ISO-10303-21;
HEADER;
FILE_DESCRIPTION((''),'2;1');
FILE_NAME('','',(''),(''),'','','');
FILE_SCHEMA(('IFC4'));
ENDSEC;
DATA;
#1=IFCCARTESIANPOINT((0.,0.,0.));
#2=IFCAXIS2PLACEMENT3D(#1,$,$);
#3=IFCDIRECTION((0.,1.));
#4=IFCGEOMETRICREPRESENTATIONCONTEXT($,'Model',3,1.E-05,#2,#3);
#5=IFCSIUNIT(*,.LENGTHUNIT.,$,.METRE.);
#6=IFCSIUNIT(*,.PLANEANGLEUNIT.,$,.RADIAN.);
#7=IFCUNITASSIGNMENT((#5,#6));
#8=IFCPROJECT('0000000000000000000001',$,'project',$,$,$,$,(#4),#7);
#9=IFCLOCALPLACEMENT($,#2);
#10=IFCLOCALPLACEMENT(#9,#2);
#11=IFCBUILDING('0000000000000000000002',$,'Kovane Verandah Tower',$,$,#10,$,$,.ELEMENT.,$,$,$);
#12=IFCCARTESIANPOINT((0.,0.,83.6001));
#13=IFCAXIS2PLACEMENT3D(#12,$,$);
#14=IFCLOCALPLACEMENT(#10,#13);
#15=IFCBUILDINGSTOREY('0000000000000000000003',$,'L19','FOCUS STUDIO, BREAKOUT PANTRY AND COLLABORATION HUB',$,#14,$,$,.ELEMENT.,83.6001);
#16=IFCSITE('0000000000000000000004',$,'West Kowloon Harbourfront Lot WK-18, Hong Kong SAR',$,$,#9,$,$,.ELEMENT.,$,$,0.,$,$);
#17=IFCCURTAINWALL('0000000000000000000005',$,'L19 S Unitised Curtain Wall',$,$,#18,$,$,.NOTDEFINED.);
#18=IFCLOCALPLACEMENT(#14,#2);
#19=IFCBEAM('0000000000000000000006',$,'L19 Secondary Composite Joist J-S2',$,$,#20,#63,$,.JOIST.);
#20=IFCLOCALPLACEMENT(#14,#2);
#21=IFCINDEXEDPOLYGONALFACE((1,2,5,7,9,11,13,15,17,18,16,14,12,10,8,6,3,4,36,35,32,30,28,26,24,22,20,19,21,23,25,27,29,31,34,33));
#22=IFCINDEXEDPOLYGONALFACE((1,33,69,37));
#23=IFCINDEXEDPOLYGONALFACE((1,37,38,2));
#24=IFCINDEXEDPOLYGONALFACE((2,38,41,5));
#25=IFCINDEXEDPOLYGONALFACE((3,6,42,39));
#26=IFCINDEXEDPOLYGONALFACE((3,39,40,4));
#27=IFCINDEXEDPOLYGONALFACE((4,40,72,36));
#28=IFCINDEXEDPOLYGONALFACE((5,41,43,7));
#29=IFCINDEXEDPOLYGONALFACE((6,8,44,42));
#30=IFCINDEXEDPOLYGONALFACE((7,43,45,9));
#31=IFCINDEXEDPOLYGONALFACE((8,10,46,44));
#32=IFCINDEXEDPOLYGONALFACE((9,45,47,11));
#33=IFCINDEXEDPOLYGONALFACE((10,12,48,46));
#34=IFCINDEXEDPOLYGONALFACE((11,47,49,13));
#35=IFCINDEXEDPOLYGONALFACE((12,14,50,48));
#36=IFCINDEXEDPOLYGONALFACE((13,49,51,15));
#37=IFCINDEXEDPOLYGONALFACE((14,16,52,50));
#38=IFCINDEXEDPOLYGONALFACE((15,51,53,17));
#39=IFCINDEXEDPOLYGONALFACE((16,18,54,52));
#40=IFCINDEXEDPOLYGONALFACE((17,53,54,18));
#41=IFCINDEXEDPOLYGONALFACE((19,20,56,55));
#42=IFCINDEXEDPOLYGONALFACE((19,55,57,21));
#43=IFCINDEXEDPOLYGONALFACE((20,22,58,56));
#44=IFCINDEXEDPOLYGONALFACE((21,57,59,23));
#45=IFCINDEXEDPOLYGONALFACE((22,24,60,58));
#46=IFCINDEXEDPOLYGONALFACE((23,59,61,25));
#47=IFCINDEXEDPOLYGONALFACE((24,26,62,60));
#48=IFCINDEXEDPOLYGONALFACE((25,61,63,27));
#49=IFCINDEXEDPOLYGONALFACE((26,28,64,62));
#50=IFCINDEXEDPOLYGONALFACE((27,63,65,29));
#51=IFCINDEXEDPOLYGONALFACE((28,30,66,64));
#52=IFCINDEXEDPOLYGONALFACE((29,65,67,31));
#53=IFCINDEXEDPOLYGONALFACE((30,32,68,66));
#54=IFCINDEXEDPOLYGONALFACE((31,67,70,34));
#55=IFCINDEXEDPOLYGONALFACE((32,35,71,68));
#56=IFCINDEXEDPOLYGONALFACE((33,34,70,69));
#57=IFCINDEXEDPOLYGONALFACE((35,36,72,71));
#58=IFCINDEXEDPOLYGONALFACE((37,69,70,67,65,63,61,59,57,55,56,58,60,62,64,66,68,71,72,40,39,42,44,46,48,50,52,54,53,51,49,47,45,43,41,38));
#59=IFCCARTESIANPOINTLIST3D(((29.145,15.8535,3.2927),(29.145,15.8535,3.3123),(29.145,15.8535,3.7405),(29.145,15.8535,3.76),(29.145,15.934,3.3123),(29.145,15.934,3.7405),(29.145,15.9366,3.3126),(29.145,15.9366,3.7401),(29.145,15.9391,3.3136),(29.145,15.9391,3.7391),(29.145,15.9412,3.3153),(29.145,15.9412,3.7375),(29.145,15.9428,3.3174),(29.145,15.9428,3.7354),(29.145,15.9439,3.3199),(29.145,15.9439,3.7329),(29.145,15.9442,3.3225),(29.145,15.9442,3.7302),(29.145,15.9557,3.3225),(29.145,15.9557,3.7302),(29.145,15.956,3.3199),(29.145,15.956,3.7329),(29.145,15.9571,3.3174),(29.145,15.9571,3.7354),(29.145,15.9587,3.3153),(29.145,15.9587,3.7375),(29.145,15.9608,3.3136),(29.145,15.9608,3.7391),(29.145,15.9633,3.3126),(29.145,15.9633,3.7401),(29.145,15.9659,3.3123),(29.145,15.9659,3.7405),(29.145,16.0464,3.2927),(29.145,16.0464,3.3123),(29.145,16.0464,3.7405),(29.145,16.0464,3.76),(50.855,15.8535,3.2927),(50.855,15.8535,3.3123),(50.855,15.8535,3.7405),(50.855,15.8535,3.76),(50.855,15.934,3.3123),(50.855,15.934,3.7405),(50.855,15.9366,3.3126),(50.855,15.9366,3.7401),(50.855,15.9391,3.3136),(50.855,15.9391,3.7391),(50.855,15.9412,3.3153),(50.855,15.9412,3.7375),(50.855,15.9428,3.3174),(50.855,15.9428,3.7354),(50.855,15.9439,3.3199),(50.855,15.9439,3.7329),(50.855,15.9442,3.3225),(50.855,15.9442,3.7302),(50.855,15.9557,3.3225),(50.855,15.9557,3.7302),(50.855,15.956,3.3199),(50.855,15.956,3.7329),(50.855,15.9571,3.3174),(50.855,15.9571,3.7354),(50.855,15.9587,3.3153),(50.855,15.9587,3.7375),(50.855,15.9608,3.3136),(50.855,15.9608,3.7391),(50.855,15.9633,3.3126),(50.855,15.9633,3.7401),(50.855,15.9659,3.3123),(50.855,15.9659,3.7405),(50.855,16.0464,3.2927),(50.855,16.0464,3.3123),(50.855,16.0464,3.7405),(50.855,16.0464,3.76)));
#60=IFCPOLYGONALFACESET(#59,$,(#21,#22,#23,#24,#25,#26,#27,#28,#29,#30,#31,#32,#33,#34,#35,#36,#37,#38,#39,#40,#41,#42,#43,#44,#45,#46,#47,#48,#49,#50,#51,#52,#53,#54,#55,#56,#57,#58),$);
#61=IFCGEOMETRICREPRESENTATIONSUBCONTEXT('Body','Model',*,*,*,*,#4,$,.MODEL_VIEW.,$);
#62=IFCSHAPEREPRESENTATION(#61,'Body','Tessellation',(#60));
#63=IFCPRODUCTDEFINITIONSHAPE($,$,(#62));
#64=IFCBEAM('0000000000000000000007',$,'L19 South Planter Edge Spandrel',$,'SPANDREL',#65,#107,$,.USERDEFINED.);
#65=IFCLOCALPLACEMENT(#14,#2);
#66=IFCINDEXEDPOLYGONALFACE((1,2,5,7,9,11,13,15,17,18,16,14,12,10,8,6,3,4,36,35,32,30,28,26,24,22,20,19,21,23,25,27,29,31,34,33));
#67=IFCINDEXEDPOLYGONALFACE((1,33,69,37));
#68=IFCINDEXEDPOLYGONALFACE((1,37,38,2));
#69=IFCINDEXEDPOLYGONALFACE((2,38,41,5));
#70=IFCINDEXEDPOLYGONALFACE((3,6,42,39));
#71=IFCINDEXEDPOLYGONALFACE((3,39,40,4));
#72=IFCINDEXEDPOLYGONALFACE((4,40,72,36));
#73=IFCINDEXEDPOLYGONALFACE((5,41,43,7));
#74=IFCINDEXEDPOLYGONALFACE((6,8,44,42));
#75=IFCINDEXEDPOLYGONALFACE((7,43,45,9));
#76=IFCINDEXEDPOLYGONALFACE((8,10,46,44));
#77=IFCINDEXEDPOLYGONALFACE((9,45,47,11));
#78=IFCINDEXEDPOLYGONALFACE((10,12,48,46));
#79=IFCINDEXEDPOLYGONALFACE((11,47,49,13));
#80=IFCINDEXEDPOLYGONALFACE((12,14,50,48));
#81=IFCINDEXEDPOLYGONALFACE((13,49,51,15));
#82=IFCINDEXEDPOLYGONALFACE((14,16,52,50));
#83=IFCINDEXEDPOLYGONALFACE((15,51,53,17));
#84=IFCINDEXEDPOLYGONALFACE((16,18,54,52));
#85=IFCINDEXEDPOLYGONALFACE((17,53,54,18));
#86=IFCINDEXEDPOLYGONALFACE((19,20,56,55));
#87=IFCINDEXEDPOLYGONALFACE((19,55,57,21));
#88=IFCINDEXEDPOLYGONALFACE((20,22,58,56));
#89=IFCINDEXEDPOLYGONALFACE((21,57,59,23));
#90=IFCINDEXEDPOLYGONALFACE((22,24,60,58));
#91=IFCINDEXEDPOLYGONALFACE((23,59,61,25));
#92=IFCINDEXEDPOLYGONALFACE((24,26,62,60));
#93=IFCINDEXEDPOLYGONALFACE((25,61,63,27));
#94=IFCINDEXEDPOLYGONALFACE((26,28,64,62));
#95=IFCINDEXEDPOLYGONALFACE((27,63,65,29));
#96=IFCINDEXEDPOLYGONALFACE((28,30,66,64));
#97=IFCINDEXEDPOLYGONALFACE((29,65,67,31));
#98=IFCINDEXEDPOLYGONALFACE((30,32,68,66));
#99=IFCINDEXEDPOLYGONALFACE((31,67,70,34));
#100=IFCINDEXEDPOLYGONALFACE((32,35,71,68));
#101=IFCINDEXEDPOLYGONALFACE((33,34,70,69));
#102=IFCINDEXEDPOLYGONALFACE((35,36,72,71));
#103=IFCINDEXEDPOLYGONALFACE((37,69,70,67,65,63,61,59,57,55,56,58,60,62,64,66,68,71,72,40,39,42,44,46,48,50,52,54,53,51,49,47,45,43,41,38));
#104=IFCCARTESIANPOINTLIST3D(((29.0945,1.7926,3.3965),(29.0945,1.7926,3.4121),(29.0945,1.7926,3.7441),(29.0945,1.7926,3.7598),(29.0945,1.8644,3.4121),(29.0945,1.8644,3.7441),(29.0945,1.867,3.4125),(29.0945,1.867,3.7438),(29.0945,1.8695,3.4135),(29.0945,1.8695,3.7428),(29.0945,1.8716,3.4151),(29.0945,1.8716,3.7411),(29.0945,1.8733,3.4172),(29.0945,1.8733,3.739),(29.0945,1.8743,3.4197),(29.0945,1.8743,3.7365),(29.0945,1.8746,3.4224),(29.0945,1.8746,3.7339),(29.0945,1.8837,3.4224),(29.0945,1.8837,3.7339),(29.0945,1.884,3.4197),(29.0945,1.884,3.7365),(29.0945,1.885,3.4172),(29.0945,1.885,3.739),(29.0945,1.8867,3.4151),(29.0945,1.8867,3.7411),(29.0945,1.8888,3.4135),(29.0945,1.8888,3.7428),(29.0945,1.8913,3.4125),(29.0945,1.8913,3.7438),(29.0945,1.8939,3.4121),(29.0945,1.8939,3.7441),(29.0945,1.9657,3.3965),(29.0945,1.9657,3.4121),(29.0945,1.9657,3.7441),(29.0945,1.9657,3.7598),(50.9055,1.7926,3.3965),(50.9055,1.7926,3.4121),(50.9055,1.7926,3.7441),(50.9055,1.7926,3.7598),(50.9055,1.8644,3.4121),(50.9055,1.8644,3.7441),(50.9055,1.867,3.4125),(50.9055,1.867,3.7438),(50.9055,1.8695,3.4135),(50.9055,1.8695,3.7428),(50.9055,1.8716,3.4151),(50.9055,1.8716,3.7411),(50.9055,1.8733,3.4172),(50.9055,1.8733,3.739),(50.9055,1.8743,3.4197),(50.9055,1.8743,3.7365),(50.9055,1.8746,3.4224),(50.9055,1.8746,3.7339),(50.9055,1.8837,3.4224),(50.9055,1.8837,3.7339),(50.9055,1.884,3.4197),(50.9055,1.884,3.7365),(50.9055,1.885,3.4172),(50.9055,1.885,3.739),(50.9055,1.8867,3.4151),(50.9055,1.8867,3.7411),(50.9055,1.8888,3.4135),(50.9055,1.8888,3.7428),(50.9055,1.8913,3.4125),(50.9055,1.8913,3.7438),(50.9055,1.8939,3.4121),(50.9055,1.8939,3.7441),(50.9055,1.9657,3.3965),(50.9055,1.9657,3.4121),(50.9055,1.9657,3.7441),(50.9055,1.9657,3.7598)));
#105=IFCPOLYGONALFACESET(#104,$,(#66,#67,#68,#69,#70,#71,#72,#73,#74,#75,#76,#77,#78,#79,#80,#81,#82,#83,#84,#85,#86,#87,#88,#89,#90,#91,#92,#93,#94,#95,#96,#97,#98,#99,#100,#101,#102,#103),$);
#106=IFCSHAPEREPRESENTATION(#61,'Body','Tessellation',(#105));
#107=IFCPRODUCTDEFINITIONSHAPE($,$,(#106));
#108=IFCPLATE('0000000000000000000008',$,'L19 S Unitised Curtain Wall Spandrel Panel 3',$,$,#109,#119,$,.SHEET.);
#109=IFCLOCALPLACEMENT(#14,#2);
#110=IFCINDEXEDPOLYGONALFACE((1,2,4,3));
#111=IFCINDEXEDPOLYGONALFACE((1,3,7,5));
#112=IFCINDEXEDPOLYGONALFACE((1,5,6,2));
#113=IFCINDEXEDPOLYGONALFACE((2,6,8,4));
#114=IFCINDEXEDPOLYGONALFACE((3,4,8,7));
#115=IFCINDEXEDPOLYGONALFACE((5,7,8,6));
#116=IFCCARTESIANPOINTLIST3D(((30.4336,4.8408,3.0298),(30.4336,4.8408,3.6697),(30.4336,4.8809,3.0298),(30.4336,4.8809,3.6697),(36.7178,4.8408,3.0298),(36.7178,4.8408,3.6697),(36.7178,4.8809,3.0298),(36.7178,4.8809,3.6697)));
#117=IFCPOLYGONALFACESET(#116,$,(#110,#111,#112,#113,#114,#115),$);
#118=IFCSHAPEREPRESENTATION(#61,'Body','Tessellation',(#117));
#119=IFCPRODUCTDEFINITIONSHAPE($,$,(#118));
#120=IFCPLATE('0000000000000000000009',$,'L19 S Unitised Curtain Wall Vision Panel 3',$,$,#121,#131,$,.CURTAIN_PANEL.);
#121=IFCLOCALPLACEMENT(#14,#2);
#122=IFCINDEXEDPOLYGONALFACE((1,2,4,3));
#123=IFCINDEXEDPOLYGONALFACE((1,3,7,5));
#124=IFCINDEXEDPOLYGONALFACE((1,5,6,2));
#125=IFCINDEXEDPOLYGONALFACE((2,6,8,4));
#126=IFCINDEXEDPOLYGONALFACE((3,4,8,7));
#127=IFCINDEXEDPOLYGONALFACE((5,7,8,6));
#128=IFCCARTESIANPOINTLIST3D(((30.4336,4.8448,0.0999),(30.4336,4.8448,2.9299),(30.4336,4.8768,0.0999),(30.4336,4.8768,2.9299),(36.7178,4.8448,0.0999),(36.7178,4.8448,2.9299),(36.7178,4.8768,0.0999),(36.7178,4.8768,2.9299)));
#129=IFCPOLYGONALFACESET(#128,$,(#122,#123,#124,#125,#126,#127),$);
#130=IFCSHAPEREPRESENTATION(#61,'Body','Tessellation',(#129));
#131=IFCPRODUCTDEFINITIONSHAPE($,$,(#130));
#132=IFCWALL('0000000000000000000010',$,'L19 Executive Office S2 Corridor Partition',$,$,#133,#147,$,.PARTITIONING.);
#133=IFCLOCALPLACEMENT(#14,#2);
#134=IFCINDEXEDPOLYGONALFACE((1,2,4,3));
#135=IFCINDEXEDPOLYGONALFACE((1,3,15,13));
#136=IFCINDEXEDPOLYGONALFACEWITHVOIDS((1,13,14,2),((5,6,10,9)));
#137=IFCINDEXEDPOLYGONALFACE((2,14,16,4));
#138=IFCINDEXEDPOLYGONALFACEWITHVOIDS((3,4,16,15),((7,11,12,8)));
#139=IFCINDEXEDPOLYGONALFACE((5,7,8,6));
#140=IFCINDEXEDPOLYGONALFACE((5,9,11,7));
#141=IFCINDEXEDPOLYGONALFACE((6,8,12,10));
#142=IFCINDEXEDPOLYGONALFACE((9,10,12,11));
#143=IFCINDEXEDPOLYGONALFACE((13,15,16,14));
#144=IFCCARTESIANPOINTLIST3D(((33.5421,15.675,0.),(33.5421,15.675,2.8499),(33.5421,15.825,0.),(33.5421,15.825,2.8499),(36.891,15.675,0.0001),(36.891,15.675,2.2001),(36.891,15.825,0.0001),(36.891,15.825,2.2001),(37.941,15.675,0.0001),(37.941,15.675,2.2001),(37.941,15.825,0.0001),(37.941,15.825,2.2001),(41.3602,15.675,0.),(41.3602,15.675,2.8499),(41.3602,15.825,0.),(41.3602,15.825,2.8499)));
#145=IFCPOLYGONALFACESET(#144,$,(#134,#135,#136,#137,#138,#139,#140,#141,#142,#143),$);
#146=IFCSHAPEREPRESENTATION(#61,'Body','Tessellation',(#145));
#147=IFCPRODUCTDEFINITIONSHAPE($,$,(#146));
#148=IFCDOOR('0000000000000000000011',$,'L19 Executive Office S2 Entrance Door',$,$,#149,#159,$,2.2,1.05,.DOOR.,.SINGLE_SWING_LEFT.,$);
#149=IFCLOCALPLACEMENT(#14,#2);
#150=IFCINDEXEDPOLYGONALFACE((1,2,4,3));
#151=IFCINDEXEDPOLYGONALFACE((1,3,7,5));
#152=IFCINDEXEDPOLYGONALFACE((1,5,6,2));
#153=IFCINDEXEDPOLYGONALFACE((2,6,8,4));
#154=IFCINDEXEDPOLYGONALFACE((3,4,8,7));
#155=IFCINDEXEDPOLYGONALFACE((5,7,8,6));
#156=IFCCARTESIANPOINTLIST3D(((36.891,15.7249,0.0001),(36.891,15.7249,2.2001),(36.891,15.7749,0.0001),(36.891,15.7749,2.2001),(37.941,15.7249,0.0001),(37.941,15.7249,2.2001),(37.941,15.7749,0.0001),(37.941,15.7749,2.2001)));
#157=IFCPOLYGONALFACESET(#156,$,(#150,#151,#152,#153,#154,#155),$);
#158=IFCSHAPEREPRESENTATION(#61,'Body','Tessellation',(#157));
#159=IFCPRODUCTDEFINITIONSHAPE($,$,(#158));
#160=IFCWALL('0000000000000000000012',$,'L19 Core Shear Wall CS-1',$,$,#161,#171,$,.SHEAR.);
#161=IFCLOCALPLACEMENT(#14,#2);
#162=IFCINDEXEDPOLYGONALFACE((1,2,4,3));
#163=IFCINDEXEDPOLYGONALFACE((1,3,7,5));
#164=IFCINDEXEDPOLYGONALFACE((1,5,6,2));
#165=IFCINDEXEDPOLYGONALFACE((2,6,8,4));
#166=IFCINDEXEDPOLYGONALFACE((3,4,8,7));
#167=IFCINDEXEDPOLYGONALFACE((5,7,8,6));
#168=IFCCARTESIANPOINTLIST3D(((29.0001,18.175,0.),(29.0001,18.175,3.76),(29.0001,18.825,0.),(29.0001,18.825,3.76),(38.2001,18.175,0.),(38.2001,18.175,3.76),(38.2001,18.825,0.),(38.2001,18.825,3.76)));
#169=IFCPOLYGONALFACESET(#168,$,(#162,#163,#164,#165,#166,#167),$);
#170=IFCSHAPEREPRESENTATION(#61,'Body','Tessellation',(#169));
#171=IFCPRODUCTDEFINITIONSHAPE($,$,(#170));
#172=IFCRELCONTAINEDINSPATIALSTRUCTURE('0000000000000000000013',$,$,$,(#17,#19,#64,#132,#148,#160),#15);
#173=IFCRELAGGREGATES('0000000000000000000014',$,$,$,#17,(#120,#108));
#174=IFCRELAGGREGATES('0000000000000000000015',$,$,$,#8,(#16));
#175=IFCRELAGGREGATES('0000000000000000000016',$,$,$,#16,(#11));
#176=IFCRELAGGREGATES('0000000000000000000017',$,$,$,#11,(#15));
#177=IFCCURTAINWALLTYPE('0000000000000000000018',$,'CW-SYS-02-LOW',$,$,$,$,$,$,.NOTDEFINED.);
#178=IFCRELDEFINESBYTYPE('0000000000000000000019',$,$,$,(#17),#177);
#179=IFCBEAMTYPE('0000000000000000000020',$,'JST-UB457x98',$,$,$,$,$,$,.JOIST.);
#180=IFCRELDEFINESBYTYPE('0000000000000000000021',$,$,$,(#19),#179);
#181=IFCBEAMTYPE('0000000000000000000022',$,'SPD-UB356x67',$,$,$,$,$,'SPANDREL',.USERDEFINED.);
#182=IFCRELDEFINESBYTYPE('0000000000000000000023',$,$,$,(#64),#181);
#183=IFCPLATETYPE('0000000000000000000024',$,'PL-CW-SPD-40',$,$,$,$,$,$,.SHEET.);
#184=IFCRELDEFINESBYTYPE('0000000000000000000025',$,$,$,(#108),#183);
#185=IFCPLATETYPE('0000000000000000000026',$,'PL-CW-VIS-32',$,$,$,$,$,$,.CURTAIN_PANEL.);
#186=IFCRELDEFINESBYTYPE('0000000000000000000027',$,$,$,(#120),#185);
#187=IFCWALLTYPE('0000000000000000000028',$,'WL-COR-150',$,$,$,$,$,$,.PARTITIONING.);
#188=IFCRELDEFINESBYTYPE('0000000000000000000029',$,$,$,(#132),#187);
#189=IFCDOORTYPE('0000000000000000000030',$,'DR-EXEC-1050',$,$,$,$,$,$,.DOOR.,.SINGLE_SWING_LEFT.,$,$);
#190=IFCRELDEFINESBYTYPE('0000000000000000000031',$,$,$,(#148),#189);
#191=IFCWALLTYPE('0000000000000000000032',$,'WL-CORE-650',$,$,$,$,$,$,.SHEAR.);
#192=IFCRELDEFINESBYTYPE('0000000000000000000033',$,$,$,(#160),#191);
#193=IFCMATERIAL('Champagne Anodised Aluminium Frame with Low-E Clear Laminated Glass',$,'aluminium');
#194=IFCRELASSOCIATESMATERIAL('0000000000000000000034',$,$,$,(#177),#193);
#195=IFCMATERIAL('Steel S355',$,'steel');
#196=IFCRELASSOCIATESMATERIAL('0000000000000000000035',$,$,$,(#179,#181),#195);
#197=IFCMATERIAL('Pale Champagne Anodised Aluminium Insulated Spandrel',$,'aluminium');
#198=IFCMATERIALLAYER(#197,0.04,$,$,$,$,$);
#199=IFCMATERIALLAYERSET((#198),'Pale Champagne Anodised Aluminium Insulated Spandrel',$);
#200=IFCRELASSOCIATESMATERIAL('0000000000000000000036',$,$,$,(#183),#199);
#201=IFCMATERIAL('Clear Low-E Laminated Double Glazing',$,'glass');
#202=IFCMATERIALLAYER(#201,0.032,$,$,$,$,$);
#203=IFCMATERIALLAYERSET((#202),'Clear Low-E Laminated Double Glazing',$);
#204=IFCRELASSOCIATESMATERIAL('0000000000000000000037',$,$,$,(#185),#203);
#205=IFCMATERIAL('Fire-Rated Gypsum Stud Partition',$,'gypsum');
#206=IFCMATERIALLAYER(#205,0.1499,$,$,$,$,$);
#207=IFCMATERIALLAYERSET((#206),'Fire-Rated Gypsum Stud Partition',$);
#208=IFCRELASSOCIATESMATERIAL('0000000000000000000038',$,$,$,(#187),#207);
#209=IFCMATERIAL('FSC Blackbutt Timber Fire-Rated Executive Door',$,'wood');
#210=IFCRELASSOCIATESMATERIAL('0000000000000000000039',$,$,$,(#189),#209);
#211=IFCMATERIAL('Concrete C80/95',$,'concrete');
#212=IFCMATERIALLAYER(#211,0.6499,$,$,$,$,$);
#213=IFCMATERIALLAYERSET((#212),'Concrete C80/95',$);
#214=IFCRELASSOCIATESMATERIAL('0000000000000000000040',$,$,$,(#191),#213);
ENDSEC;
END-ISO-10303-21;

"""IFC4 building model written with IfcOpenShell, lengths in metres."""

from ifc_helpers import new_model, si_unit, direction, frame, frame_2d, origin, origin_2d, place, context, subcontext, project, spatial, rectangle, i_section, extrude, material, layer, layer_set, material_profile, profile_set, type_object, element, fill, aggregate, save


model = new_model("IFC4")

# Units and contexts
model_context = context("Model", 3, precision=1e-05, world=origin(), true_north=direction((0.0, 1.0)))
body_context = subcontext(model_context, "Body", "Model", "MODEL_VIEW")
ifc_project = project(units=[si_unit("LENGTHUNIT", "METRE"), si_unit("PLANEANGLEUNIT", "RADIAN")], contexts=[model_context])

# Site, building, storey
site_placement = place(None, origin())
site = spatial("IfcSite", under=ifc_project, at=site_placement, Name="West Kowloon Harbourfront Lot WK-18, Hong Kong SAR", CompositionType="ELEMENT", RefElevation=0.0)
building_placement = place(site_placement, origin())
building = spatial("IfcBuilding", under=site, at=building_placement, Name="Kovane Verandah Tower", CompositionType="ELEMENT")
storey_placement = place(building_placement, frame((0.0, 0.0, 83.6001)))
storey = spatial("IfcBuildingStorey", under=building, at=storey_placement, Name="L19", Description="FOCUS STUDIO, BREAKOUT PANTRY AND COLLABORATION HUB", CompositionType="ELEMENT", Elevation=83.6001)

# Shared definitions
ifc_material_1 = material(Name="Concrete C80/95", Category="concrete")

# Shared definitions
ifc_material_2 = material(Name="Steel S355", Category="steel")

# Curtain wall
ifc_material_3 = material(Name="Champagne Anodised Aluminium Frame with Low-E Clear Laminated Glass", Category="aluminium")
curtain_wall_type = type_object("IfcCurtainWallType", Name="CW-SYS-02-LOW", PredefinedType="NOTDEFINED", material=ifc_material_3)
curtain_wall_placement = place(storey_placement, origin())
curtain_wall = element("IfcCurtainWall", 1, at=curtain_wall_placement, inside=storey, type_object=curtain_wall_type, Name="L19 S Unitised Curtain Wall", PredefinedType="NOTDEFINED")

# Beams
ifc_material_profile_1 = material_profile(ifc_material_2, i_section(OverallWidth=0.1929, OverallDepth=0.4673, WebThickness=0.0115, FlangeThickness=0.0195, FilletRadius=0.0103, at=origin_2d()), Name="UB457x191x98")
ifc_profile_set_1 = profile_set([ifc_material_profile_1], Name="Steel S355")
beam_type_1 = type_object("IfcBeamType", Name="JST-UB457x98", PredefinedType="JOIST", material=ifc_profile_set_1)
for number, where, z_axis, x_axis, name in (
    (2, (29.145, 15.95, 3.5264), (1.0, 0.0, 0.0), (0.0, 1.0, 0.0), "L19 Secondary Composite Joist J-S2"),
):
    element("IfcBeam", number, at=place(storey_placement, frame(where, z_axis=z_axis, x_axis=x_axis)), inside=storey, type_object=beam_type_1, Name=name, PredefinedType="JOIST", context=body_context, shape_type="SweptSolid", body=[
        extrude(i_section(OverallWidth=0.1929, OverallDepth=0.4673, WebThickness=0.0115, FlangeThickness=0.0195, FilletRadius=0.0103, at=origin_2d()), origin(), (0.0, 0.0, 1.0), 21.71),
    ])
ifc_material_profile_2 = material_profile(ifc_material_2, i_section(OverallWidth=0.1731, OverallDepth=0.3633, WebThickness=0.009, FlangeThickness=0.0156, FilletRadius=0.0103, at=origin_2d()), Name="UB356x171x67")
ifc_profile_set_2 = profile_set([ifc_material_profile_2], Name="Steel S355")
beam_type_2 = type_object("IfcBeamType", Name="SPD-UB356x67", ElementType="SPANDREL", PredefinedType="USERDEFINED", material=ifc_profile_set_2)
beam_1_placement = place(storey_placement, frame((29.0945, 1.8792, 3.5781), z_axis=(1.0, 0.0, 0.0), x_axis=(0.0, 1.0, 0.0)))
element("IfcBeam", 3, at=beam_1_placement, inside=storey, type_object=beam_type_2, Name="L19 South Planter Edge Spandrel", ObjectType="SPANDREL", PredefinedType="USERDEFINED", context=body_context, shape_type="SweptSolid", body=[
    extrude(i_section(OverallWidth=0.1731, OverallDepth=0.3633, WebThickness=0.009, FlangeThickness=0.0156, FilletRadius=0.0103, at=origin_2d()), origin(), (0.0, 0.0, 1.0), 21.811),
])

# Plates
ifc_material_4 = material(Name="Pale Champagne Anodised Aluminium Insulated Spandrel", Category="aluminium")
ifc_layer_1 = layer(ifc_material_4, 0.04)
ifc_layer_set_1 = layer_set([ifc_layer_1], Name="Pale Champagne Anodised Aluminium Insulated Spandrel")
plate_type_1 = type_object("IfcPlateType", Name="PL-CW-SPD-40", PredefinedType="SHEET", material=ifc_layer_set_1)
plate_1_placement = place(storey_placement, frame((33.5757, 4.8608, 3.0298), z_axis=(0.0, 0.0, 1.0), x_axis=(1.0, 0.0, 0.0)))
plate_1 = element("IfcPlate", 4, at=plate_1_placement, type_object=plate_type_1, Name="L19 S Unitised Curtain Wall Spandrel Panel 3", PredefinedType="SHEET", context=body_context, shape_type="SweptSolid", body=[
    extrude(rectangle(XDim=6.2842, YDim=0.04, at=origin_2d()), origin(), (0.0, 0.0, 1.0), 0.6399),
])
ifc_material_5 = material(Name="Clear Low-E Laminated Double Glazing", Category="glass")
ifc_layer_2 = layer(ifc_material_5, 0.032)
ifc_layer_set_2 = layer_set([ifc_layer_2], Name="Clear Low-E Laminated Double Glazing")
plate_type_2 = type_object("IfcPlateType", Name="PL-CW-VIS-32", PredefinedType="CURTAIN_PANEL", material=ifc_layer_set_2)
plate_2_placement = place(storey_placement, frame((33.5757, 4.8608, 0.0999), z_axis=(0.0, 0.0, 1.0), x_axis=(1.0, 0.0, 0.0)))
plate_2 = element("IfcPlate", 5, at=plate_2_placement, type_object=plate_type_2, Name="L19 S Unitised Curtain Wall Vision Panel 3", PredefinedType="CURTAIN_PANEL", context=body_context, shape_type="SweptSolid", body=[
    extrude(rectangle(XDim=6.2842, YDim=0.032, at=origin_2d()), origin(), (0.0, 0.0, 1.0), 2.8301),
])
aggregate(curtain_wall, [plate_2, plate_1])

# Wall, opening, door
ifc_material_6 = material(Name="Fire-Rated Gypsum Stud Partition", Category="gypsum")
ifc_layer_3 = layer(ifc_material_6, 0.1499)
ifc_layer_set_3 = layer_set([ifc_layer_3], Name="Fire-Rated Gypsum Stud Partition")
wall_type_1 = type_object("IfcWallType", Name="WL-COR-150", PredefinedType="PARTITIONING", material=ifc_layer_set_3)
wall_1_placement = place(storey_placement, frame((33.542, 15.75, 0.0), z_axis=(0.0, 0.0, 1.0), x_axis=(1.0, 0.0, 0.0)))
wall_1 = element("IfcWall", 6, at=wall_1_placement, inside=storey, type_object=wall_type_1, Name="L19 Executive Office S2 Corridor Partition", PredefinedType="PARTITIONING", context=body_context, shape_type="SweptSolid", body=[
    extrude(rectangle(XDim=7.8181, YDim=0.1499, at=frame_2d((3.9092, 0.0))), origin(), (0.0, 0.0, 1.0), 2.8499),
])
opening_placement = place(wall_1_placement, frame((3.3491, 0.0, 0.0)))
opening = element("IfcOpeningElement", 7, at=opening_placement, cuts=wall_1, PredefinedType="OPENING", context=body_context, shape_type="SweptSolid", body=[
    extrude(rectangle(XDim=1.05, YDim=2.2, at=frame_2d((0.5249, 1.1001))), frame((0.0, 0.075, 0.0), z_axis=(0.0, -1.0, 0.0), x_axis=(1.0, 0.0, 0.0)), (0.0, 0.0, 1.0), 0.1499),
])
ifc_material_7 = material(Name="FSC Blackbutt Timber Fire-Rated Executive Door", Category="wood")
door_type = type_object("IfcDoorType", Name="DR-EXEC-1050", OperationType="SINGLE_SWING_LEFT", PredefinedType="DOOR", material=ifc_material_7)
door_placement = place(opening_placement, origin())
door = element("IfcDoor", 8, at=door_placement, inside=storey, type_object=door_type, Name="L19 Executive Office S2 Entrance Door", OperationType="SINGLE_SWING_LEFT", OverallHeight=2.2, OverallWidth=1.05, PredefinedType="DOOR", context=body_context, shape_type="SweptSolid", body=[
    extrude(rectangle(XDim=1.05, YDim=2.2, at=frame_2d((0.5249, 1.1001))), frame((0.0, 0.0249, 0.0), z_axis=(0.0, -1.0, 0.0), x_axis=(1.0, 0.0, 0.0)), (0.0, 0.0, 1.0), 0.05),
])
fill(opening, door)

# Wall
ifc_layer_4 = layer(ifc_material_1, 0.6499)
ifc_layer_set_4 = layer_set([ifc_layer_4], Name="Concrete C80/95")
wall_type_2 = type_object("IfcWallType", Name="WL-CORE-650", PredefinedType="SHEAR", material=ifc_layer_set_4)
wall_2_placement = place(storey_placement, frame((29.0, 18.5, 0.0), z_axis=(0.0, 0.0, 1.0), x_axis=(1.0, 0.0, 0.0)))
element("IfcWall", 9, at=wall_2_placement, inside=storey, type_object=wall_type_2, Name="L19 Core Shear Wall CS-1", PredefinedType="SHEAR", context=body_context, shape_type="SweptSolid", body=[
    extrude(rectangle(XDim=9.2, YDim=0.6499, at=frame_2d((4.6001, 0.0))), origin(), (0.0, 0.0, 1.0), 3.76),
])

save(model, "model.ifc")
